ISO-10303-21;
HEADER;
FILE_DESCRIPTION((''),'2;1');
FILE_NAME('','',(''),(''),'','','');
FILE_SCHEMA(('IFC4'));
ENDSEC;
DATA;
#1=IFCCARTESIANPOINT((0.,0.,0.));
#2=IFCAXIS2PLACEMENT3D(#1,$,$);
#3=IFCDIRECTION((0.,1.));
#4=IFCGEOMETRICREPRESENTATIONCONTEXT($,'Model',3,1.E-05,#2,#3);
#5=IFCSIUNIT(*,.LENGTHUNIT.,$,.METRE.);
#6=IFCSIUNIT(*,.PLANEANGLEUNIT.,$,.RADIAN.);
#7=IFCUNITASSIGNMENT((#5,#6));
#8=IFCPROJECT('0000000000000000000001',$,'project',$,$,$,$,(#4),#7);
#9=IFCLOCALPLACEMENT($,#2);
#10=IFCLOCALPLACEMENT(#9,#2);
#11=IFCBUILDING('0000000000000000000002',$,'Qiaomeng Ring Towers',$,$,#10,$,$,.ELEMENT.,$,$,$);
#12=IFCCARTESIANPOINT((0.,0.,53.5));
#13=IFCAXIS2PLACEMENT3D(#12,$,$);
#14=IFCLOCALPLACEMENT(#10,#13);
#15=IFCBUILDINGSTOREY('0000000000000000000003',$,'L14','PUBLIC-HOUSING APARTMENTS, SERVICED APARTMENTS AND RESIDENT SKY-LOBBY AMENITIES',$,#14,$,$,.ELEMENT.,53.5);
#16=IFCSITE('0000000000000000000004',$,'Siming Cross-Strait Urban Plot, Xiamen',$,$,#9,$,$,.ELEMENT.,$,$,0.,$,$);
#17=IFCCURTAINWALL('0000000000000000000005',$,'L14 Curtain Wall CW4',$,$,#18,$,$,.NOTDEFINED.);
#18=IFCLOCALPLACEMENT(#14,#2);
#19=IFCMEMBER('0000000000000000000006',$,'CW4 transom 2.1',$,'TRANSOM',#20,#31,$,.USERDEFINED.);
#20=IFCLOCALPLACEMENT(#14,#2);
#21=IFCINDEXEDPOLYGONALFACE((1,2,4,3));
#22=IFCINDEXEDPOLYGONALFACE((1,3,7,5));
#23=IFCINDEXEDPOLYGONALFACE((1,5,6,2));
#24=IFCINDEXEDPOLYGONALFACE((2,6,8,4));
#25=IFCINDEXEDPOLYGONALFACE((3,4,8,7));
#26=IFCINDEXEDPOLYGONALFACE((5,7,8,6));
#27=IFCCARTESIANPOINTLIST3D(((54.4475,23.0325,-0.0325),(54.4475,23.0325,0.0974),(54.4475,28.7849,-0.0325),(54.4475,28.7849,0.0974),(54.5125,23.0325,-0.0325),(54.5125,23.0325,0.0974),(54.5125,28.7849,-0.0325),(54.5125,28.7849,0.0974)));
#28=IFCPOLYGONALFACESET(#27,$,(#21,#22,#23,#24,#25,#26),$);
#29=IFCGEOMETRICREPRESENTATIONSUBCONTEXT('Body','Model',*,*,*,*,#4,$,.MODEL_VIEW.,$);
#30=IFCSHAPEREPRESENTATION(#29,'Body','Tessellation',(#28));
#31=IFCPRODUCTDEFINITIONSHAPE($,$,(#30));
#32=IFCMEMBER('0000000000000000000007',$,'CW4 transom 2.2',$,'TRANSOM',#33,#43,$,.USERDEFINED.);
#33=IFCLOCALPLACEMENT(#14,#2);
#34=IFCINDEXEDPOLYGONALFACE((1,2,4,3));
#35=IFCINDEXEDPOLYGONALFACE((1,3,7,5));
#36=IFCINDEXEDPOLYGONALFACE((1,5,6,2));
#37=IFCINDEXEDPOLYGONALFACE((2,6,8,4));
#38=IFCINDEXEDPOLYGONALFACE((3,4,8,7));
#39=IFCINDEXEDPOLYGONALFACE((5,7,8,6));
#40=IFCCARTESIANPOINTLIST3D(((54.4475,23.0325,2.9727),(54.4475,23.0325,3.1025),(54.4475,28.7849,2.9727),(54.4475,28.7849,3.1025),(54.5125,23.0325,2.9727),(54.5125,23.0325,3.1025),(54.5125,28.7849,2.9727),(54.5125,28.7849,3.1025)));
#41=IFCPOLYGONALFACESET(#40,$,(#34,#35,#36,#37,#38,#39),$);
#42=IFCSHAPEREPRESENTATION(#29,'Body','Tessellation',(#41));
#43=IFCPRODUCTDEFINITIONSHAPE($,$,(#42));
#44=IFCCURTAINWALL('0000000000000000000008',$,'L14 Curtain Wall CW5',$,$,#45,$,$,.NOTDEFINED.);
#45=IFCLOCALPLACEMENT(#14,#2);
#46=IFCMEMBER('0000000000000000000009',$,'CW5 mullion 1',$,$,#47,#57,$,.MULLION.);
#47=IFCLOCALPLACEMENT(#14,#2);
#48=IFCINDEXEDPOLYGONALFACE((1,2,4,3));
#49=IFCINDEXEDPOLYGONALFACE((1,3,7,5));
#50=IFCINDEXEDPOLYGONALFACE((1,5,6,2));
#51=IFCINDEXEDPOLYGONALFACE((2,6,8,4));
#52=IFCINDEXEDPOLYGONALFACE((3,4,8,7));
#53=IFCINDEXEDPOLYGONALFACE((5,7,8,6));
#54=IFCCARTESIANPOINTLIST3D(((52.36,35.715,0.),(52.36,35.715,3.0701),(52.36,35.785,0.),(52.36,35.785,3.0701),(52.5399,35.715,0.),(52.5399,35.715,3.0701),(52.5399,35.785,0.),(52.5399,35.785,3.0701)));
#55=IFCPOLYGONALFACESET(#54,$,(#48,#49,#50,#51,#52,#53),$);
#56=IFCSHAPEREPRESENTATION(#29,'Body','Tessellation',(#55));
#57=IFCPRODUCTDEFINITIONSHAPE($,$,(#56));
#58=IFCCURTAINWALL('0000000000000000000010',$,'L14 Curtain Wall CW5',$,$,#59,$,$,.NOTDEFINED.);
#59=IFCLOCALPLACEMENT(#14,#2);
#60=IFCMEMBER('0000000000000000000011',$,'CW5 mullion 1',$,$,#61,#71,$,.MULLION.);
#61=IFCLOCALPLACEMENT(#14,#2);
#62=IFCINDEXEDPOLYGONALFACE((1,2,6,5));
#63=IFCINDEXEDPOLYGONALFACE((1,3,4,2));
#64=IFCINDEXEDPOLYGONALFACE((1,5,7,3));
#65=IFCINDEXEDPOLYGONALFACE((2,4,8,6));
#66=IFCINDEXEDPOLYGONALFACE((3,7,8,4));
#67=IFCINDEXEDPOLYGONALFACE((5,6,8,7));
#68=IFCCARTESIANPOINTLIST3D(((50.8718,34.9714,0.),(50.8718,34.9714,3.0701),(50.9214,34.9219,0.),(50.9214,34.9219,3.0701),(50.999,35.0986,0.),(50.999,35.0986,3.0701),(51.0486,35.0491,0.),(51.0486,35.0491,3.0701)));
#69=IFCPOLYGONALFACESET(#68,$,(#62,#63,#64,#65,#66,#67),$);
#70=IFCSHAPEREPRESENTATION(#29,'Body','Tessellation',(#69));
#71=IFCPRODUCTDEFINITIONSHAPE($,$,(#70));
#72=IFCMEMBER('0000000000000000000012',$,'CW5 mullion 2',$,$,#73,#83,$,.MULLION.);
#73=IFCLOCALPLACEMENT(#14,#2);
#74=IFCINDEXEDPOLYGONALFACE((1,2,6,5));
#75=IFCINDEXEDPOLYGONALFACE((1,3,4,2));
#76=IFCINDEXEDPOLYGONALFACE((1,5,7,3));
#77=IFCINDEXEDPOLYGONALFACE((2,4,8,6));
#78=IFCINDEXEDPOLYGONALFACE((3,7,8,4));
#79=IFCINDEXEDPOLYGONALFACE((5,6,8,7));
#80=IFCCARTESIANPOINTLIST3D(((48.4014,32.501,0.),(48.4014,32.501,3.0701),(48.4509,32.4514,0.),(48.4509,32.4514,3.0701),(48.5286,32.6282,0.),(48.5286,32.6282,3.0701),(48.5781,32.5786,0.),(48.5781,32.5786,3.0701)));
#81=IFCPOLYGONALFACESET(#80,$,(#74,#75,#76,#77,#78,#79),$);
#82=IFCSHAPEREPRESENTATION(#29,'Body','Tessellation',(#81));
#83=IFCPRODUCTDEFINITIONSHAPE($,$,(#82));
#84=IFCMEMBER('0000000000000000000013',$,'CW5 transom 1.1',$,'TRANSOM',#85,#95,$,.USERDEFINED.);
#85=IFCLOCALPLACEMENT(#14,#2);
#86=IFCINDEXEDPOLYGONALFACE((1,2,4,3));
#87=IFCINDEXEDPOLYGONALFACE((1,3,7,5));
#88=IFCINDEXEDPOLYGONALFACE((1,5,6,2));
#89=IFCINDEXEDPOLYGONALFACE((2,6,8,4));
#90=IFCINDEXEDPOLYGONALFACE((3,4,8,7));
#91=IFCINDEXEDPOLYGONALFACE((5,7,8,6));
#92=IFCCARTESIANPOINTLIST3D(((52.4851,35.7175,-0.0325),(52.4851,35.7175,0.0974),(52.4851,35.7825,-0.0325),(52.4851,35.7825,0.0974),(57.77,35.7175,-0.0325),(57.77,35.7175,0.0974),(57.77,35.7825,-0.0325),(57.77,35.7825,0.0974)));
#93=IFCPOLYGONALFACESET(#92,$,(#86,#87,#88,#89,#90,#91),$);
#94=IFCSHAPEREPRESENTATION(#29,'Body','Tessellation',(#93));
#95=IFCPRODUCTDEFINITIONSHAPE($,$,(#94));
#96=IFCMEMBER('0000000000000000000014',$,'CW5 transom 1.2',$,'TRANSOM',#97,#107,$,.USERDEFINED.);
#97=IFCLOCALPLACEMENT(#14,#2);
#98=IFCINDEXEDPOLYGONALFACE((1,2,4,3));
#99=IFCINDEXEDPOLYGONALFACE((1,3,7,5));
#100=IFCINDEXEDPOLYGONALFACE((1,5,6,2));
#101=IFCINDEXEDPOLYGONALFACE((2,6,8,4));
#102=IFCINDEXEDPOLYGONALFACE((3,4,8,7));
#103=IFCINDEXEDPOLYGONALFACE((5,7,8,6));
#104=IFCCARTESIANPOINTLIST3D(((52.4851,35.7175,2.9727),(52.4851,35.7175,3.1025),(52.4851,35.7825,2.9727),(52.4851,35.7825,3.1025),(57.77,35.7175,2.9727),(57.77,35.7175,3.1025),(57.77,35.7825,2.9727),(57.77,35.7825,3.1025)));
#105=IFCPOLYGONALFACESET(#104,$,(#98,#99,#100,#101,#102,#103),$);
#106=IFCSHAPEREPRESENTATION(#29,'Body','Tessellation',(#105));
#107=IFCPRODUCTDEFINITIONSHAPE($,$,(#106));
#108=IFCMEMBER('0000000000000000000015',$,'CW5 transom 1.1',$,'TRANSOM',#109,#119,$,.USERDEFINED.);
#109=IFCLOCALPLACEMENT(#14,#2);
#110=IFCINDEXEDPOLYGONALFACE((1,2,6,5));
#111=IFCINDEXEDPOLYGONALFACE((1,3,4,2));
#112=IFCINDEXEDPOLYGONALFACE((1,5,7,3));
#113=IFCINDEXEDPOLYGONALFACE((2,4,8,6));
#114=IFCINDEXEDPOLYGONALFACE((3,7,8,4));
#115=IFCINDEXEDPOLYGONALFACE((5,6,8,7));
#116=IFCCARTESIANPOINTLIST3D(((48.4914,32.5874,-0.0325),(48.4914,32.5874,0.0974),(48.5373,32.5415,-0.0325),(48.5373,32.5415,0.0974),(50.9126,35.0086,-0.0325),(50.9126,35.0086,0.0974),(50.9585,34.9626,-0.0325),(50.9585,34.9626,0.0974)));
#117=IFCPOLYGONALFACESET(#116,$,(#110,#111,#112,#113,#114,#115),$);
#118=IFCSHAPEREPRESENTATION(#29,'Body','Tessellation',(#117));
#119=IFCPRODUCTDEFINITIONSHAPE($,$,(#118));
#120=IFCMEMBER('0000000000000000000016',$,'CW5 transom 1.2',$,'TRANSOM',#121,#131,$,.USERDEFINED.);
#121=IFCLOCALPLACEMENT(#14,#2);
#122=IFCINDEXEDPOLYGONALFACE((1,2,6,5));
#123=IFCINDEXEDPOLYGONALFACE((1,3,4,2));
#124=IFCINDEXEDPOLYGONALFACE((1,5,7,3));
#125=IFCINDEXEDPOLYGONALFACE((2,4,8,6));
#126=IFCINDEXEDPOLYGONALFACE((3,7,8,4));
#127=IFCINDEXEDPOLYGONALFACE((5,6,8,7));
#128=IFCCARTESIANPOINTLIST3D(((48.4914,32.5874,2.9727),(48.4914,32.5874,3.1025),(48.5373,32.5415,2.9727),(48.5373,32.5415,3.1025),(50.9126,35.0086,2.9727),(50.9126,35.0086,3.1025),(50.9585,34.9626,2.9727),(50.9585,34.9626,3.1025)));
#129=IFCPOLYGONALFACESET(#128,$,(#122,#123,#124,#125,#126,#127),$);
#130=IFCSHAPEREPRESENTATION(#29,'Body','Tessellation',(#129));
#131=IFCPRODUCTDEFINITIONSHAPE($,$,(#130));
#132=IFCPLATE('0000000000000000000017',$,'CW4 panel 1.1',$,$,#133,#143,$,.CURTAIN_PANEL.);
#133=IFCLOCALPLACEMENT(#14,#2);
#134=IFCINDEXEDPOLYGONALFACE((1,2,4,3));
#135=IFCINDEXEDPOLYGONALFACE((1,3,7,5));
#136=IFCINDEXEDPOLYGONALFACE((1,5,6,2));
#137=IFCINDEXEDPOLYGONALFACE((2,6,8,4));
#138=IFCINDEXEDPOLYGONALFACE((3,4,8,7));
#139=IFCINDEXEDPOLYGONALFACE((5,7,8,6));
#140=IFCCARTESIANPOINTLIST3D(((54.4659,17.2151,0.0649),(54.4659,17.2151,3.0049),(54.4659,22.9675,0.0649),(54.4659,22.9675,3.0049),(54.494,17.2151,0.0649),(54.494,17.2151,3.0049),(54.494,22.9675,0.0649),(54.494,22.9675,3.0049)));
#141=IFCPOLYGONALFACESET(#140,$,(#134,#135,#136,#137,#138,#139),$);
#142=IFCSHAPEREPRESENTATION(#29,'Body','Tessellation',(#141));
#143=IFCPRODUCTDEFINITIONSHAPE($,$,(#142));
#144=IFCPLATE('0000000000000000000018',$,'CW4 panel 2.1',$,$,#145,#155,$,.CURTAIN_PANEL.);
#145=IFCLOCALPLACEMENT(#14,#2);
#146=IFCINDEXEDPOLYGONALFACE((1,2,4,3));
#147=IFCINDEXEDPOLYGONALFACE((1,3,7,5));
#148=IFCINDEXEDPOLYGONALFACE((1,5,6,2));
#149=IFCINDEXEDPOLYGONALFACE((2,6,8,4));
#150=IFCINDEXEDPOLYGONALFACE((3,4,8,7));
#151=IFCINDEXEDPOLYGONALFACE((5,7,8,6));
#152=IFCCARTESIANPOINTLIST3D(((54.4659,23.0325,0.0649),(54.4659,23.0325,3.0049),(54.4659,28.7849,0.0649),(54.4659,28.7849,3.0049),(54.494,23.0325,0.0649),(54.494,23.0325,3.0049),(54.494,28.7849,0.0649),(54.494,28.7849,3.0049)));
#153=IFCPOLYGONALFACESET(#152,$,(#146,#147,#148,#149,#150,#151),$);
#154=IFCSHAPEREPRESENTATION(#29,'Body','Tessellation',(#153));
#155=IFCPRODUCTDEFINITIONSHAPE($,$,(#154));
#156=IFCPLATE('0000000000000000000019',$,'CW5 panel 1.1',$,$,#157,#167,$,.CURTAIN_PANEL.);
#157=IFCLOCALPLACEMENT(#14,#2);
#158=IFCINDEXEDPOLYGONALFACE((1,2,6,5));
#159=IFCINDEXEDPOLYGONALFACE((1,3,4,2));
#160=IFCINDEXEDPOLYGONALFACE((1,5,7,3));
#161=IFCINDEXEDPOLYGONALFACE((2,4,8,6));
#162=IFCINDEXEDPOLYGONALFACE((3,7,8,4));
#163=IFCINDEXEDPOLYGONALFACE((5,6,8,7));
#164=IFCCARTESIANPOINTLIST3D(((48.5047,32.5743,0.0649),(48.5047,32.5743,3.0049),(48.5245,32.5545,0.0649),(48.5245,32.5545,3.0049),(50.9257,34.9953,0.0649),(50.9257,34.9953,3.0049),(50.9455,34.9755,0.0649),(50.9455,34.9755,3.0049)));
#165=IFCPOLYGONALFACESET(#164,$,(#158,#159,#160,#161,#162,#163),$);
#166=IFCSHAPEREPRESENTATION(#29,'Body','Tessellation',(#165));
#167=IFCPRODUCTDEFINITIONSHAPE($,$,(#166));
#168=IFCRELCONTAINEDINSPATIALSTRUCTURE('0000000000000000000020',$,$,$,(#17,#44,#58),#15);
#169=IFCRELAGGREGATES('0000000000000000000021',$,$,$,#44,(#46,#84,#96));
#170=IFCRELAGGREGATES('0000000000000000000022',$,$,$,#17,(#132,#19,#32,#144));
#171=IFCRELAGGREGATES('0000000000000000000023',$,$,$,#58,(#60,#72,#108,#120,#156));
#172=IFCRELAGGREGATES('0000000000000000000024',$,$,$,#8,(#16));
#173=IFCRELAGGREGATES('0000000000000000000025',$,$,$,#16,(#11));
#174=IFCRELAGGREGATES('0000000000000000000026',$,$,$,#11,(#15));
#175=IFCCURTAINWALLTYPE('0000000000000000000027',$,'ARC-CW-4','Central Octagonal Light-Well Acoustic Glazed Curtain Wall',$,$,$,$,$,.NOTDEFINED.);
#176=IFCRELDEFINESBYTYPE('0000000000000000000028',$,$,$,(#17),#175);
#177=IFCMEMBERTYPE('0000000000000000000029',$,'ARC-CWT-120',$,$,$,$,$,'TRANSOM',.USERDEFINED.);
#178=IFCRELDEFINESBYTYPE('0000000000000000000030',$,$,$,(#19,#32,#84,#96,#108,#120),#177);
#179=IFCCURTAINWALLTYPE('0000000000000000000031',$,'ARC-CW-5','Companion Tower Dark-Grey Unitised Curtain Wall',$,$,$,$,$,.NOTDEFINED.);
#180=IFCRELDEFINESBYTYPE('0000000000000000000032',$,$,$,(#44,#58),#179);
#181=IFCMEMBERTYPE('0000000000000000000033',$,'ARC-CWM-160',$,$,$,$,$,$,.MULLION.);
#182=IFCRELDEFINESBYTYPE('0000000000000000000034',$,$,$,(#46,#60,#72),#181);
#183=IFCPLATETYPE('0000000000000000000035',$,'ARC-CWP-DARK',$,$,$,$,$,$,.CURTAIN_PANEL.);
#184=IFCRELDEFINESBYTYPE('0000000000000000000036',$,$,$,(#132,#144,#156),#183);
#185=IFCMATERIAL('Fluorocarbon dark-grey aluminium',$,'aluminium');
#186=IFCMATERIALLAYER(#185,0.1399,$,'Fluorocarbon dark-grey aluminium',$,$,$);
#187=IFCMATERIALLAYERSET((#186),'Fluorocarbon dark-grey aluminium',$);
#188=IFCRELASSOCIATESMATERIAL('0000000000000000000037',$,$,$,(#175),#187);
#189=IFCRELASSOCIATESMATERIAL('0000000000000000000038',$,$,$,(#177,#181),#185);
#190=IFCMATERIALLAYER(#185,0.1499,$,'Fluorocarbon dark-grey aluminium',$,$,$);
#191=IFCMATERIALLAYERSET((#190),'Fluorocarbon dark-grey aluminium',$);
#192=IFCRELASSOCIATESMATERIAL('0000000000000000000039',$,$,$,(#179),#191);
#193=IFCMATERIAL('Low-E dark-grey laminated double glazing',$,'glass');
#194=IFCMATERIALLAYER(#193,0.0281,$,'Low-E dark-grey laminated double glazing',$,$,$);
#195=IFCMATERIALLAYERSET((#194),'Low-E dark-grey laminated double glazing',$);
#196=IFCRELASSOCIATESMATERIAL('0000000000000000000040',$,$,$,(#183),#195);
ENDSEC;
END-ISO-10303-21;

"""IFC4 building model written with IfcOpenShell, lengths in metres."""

from ifc_helpers import new_model, si_unit, direction, frame, origin, origin_2d, place, context, subcontext, project, spatial, rectangle, extrude, source, transform, mapped, material, layer, layer_set, material_profile, profile_set, type_object, element, aggregate, save


model = new_model("IFC4")

# Units and contexts
model_context = context("Model", 3, precision=1e-05, world=origin(), true_north=direction((0.0, 1.0)))
body_context = subcontext(model_context, "Body", "Model", "MODEL_VIEW")
ifc_project = project(units=[si_unit("LENGTHUNIT", "METRE"), si_unit("PLANEANGLEUNIT", "RADIAN")], contexts=[model_context])

# Site, building, storey
site_placement = place(None, origin())
site = spatial("IfcSite", under=ifc_project, at=site_placement, Name="Siming Cross-Strait Urban Plot, Xiamen", CompositionType="ELEMENT", RefElevation=0.0)
building_placement = place(site_placement, origin())
building = spatial("IfcBuilding", under=site, at=building_placement, Name="Qiaomeng Ring Towers", CompositionType="ELEMENT")
storey_placement = place(building_placement, frame((0.0, 0.0, 53.5)))
storey = spatial("IfcBuildingStorey", under=building, at=storey_placement, Name="L14", Description="PUBLIC-HOUSING APARTMENTS, SERVICED APARTMENTS AND RESIDENT SKY-LOBBY AMENITIES", CompositionType="ELEMENT", Elevation=53.5)

# Curtain wall, members
ifc_material_1 = material(Name="Fluorocarbon dark-grey aluminium", Category="aluminium")
ifc_layer_1 = layer(ifc_material_1, 0.1399, Name="Fluorocarbon dark-grey aluminium")
ifc_layer_set_1 = layer_set([ifc_layer_1], Name="Fluorocarbon dark-grey aluminium")
curtain_wall_type_1 = type_object("IfcCurtainWallType", Name="ARC-CW-4", Description="Central Octagonal Light-Well Acoustic Glazed Curtain Wall", PredefinedType="NOTDEFINED", material=ifc_layer_set_1)
curtain_wall_1_placement = place(storey_placement, origin())
curtain_wall_1 = element("IfcCurtainWall", 1, at=curtain_wall_1_placement, inside=storey, type_object=curtain_wall_type_1, Name="L14 Curtain Wall CW4", PredefinedType="NOTDEFINED")
ifc_material_profile_1 = material_profile(ifc_material_1, rectangle(XDim=0.0649, YDim=0.1299, at=origin_2d()), Name="ALU TRAN 65x130")
ifc_profile_set_1 = profile_set([ifc_material_profile_1], Name="Fluorocarbon dark-grey aluminium")
member_type_1 = type_object("IfcMemberType", Name="ARC-CWT-120", ElementType="TRANSOM", PredefinedType="USERDEFINED", material=ifc_profile_set_1)
shared_shape_1 = source(origin(), body_context, "Body", "SweptSolid", [
    extrude(rectangle(XDim=0.0649, YDim=0.1299, at=origin_2d()), origin(), (0.0, 0.0, 1.0), 5.7524),
])
member_1_placement = place(storey_placement, frame((54.48, 23.0325, 0.0325), z_axis=(0.0, 1.0, 0.0), x_axis=(-1.0, 0.0, 0.0)))
member_1 = element("IfcMember", 2, at=member_1_placement, type_object=member_type_1, Name="CW4 transom 2.1", ObjectType="TRANSOM", PredefinedType="USERDEFINED", context=body_context, shape_type="MappedRepresentation", body=[
    mapped(shared_shape_1, transform((0.0, 0.0, 0.0), x_axis=(1.0, 0.0, 0.0), y_axis=(0.0, 1.0, 0.0), z_axis=(0.0, 0.0, 1.0), scale=1.0)),
])
member_2_placement = place(storey_placement, frame((54.48, 23.0325, 3.0376), z_axis=(0.0, 1.0, 0.0), x_axis=(-1.0, 0.0, 0.0)))
member_2 = element("IfcMember", 3, at=member_2_placement, type_object=member_type_1, Name="CW4 transom 2.2", ObjectType="TRANSOM", PredefinedType="USERDEFINED", context=body_context, shape_type="MappedRepresentation", body=[
    mapped(shared_shape_1, transform((0.0, 0.0, 0.0), x_axis=(1.0, 0.0, 0.0), y_axis=(0.0, 1.0, 0.0), z_axis=(0.0, 0.0, 1.0), scale=1.0)),
])

# Curtain wall, member
ifc_layer_2 = layer(ifc_material_1, 0.1499, Name="Fluorocarbon dark-grey aluminium")
ifc_layer_set_2 = layer_set([ifc_layer_2], Name="Fluorocarbon dark-grey aluminium")
curtain_wall_type_2 = type_object("IfcCurtainWallType", Name="ARC-CW-5", Description="Companion Tower Dark-Grey Unitised Curtain Wall", PredefinedType="NOTDEFINED", material=ifc_layer_set_2)
curtain_wall_2_placement = place(storey_placement, origin())
curtain_wall_2 = element("IfcCurtainWall", 4, at=curtain_wall_2_placement, inside=storey, type_object=curtain_wall_type_2, Name="L14 Curtain Wall CW5", PredefinedType="NOTDEFINED")
ifc_material_profile_2 = material_profile(ifc_material_1, rectangle(XDim=0.0701, YDim=0.1799, at=origin_2d()), Name="ALU MULL 70x180")
ifc_profile_set_2 = profile_set([ifc_material_profile_2], Name="Fluorocarbon dark-grey aluminium")
member_type_2 = type_object("IfcMemberType", Name="ARC-CWM-160", PredefinedType="MULLION", material=ifc_profile_set_2)
shared_shape_2 = source(origin(), body_context, "Body", "SweptSolid", [
    extrude(rectangle(XDim=0.0701, YDim=0.1799, at=origin_2d()), origin(), (0.0, 0.0, 1.0), 3.0701),
])
member_3_placement = place(storey_placement, frame((52.45, 35.75, 0.0), z_axis=(0.0, 0.0, 1.0), x_axis=(0.0, 1.0, 0.0)))
member_3 = element("IfcMember", 5, at=member_3_placement, type_object=member_type_2, Name="CW5 mullion 1", PredefinedType="MULLION", context=body_context, shape_type="MappedRepresentation", body=[
    mapped(shared_shape_2, transform((0.0, 0.0, 0.0), x_axis=(1.0, 0.0, 0.0), y_axis=(0.0, 1.0, 0.0), z_axis=(0.0, 0.0, 1.0), scale=1.0)),
])

# Curtain wall, members
curtain_wall_3_placement = place(storey_placement, origin())
curtain_wall_3 = element("IfcCurtainWall", 6, at=curtain_wall_3_placement, inside=storey, type_object=curtain_wall_type_2, Name="L14 Curtain Wall CW5", PredefinedType="NOTDEFINED")
member_4_placement = place(storey_placement, frame((50.9602, 35.0103, 0.0), z_axis=(0.0, 0.0, 1.0), x_axis=(0.707107, -0.707107, 0.0)))
member_4 = element("IfcMember", 7, at=member_4_placement, type_object=member_type_2, Name="CW5 mullion 1", PredefinedType="MULLION", context=body_context, shape_type="MappedRepresentation", body=[
    mapped(shared_shape_2, transform((0.0, 0.0, 0.0), x_axis=(1.0, 0.0, 0.0), y_axis=(0.0, 1.0, 0.0), z_axis=(0.0, 0.0, 1.0), scale=1.0)),
])
member_5_placement = place(storey_placement, frame((48.4897, 32.5398, 0.0), z_axis=(0.0, 0.0, 1.0), x_axis=(0.707107, -0.707107, 0.0)))
member_5 = element("IfcMember", 8, at=member_5_placement, type_object=member_type_2, Name="CW5 mullion 2", PredefinedType="MULLION", context=body_context, shape_type="MappedRepresentation", body=[
    mapped(shared_shape_2, transform((0.0, 0.0, 0.0), x_axis=(1.0, 0.0, 0.0), y_axis=(0.0, 1.0, 0.0), z_axis=(0.0, 0.0, 1.0), scale=1.0)),
])

# Members
shared_shape_3 = source(origin(), body_context, "Body", "SweptSolid", [
    extrude(rectangle(XDim=0.0649, YDim=0.1299, at=origin_2d()), origin(), (0.0, 0.0, 1.0), 5.2849),
])
member_6_placement = place(storey_placement, frame((52.4851, 35.75, 0.0325), z_axis=(1.0, 0.0, 0.0), x_axis=(0.0, 1.0, 0.0)))
member_6 = element("IfcMember", 9, at=member_6_placement, type_object=member_type_1, Name="CW5 transom 1.1", ObjectType="TRANSOM", PredefinedType="USERDEFINED", context=body_context, shape_type="MappedRepresentation", body=[
    mapped(shared_shape_3, transform((0.0, 0.0, 0.0), x_axis=(1.0, 0.0, 0.0), y_axis=(0.0, 1.0, 0.0), z_axis=(0.0, 0.0, 1.0), scale=1.0)),
])
member_7_placement = place(storey_placement, frame((52.4851, 35.75, 3.0376), z_axis=(1.0, 0.0, 0.0), x_axis=(0.0, 1.0, 0.0)))
member_7 = element("IfcMember", 10, at=member_7_placement, type_object=member_type_1, Name="CW5 transom 1.2", ObjectType="TRANSOM", PredefinedType="USERDEFINED", context=body_context, shape_type="MappedRepresentation", body=[
    mapped(shared_shape_3, transform((0.0, 0.0, 0.0), x_axis=(1.0, 0.0, 0.0), y_axis=(0.0, 1.0, 0.0), z_axis=(0.0, 0.0, 1.0), scale=1.0)),
])
aggregate(curtain_wall_2, [member_3, member_6, member_7])
shared_shape_4 = source(origin(), body_context, "Body", "SweptSolid", [
    extrude(rectangle(XDim=0.0649, YDim=0.1299, at=origin_2d()), origin(), (0.0, 0.0, 1.0), 3.4241),
])
member_8_placement = place(storey_placement, frame((50.9355, 34.9856, 0.0325), z_axis=(-0.707107, -0.707107, 0.0), x_axis=(0.707107, -0.707107, 0.0)))
member_8 = element("IfcMember", 11, at=member_8_placement, type_object=member_type_1, Name="CW5 transom 1.1", ObjectType="TRANSOM", PredefinedType="USERDEFINED", context=body_context, shape_type="MappedRepresentation", body=[
    mapped(shared_shape_4, transform((0.0, 0.0, 0.0), x_axis=(1.0, 0.0, 0.0), y_axis=(0.0, 1.0, 0.0), z_axis=(0.0, 0.0, 1.0), scale=1.0)),
])
member_9_placement = place(storey_placement, frame((50.9355, 34.9856, 3.0376), z_axis=(-0.707107, -0.707107, 0.0), x_axis=(0.707107, -0.707107, 0.0)))
member_9 = element("IfcMember", 12, at=member_9_placement, type_object=member_type_1, Name="CW5 transom 1.2", ObjectType="TRANSOM", PredefinedType="USERDEFINED", context=body_context, shape_type="MappedRepresentation", body=[
    mapped(shared_shape_4, transform((0.0, 0.0, 0.0), x_axis=(1.0, 0.0, 0.0), y_axis=(0.0, 1.0, 0.0), z_axis=(0.0, 0.0, 1.0), scale=1.0)),
])

# Plates
ifc_material_2 = material(Name="Low-E dark-grey laminated double glazing", Category="glass")
ifc_layer_3 = layer(ifc_material_2, 0.0281, Name="Low-E dark-grey laminated double glazing")
ifc_layer_set_3 = layer_set([ifc_layer_3], Name="Low-E dark-grey laminated double glazing")
plate_type = type_object("IfcPlateType", Name="ARC-CWP-DARK", PredefinedType="CURTAIN_PANEL", material=ifc_layer_set_3)
shared_shape_5 = source(origin(), body_context, "Body", "SweptSolid", [
    extrude(rectangle(XDim=5.7524, YDim=0.0281, at=origin_2d()), origin(), (0.0, 0.0, 1.0), 2.9399),
])
plate_1_placement = place(storey_placement, frame((54.48, 20.0913, 0.0649), z_axis=(0.0, 0.0, 1.0), x_axis=(0.0, 1.0, 0.0)))
plate_1 = element("IfcPlate", 13, at=plate_1_placement, type_object=plate_type, Name="CW4 panel 1.1", PredefinedType="CURTAIN_PANEL", context=body_context, shape_type="MappedRepresentation", body=[
    mapped(shared_shape_5, transform((0.0, 0.0, 0.0), x_axis=(1.0, 0.0, 0.0), y_axis=(0.0, 1.0, 0.0), z_axis=(0.0, 0.0, 1.0), scale=1.0)),
])
plate_2_placement = place(storey_placement, frame((54.48, 25.9087, 0.0649), z_axis=(0.0, 0.0, 1.0), x_axis=(0.0, 1.0, 0.0)))
plate_2 = element("IfcPlate", 14, at=plate_2_placement, type_object=plate_type, Name="CW4 panel 2.1", PredefinedType="CURTAIN_PANEL", context=body_context, shape_type="MappedRepresentation", body=[
    mapped(shared_shape_5, transform((0.0, 0.0, 0.0), x_axis=(1.0, 0.0, 0.0), y_axis=(0.0, 1.0, 0.0), z_axis=(0.0, 0.0, 1.0), scale=1.0)),
])
aggregate(curtain_wall_1, [plate_1, member_1, member_2, plate_2])
shared_shape_6 = source(origin(), body_context, "Body", "SweptSolid", [
    extrude(rectangle(XDim=3.4238, YDim=0.0281, at=origin_2d()), origin(), (0.0, 0.0, 1.0), 2.9399),
])
plate_3_placement = place(storey_placement, frame((49.7251, 33.7749, 0.0649), z_axis=(0.0, 0.0, 1.0), x_axis=(-0.707107, -0.707107, 0.0)))
plate_3 = element("IfcPlate", 15, at=plate_3_placement, type_object=plate_type, Name="CW5 panel 1.1", PredefinedType="CURTAIN_PANEL", context=body_context, shape_type="MappedRepresentation", body=[
    mapped(shared_shape_6, transform((0.0, 0.0, 0.0), x_axis=(1.0, 0.0, 0.0), y_axis=(0.0, 1.0, 0.0), z_axis=(0.0, 0.0, 1.0), scale=1.0)),
])
aggregate(curtain_wall_3, [member_4, member_5, member_8, member_9, plate_3])

save(model, "model.ifc")
